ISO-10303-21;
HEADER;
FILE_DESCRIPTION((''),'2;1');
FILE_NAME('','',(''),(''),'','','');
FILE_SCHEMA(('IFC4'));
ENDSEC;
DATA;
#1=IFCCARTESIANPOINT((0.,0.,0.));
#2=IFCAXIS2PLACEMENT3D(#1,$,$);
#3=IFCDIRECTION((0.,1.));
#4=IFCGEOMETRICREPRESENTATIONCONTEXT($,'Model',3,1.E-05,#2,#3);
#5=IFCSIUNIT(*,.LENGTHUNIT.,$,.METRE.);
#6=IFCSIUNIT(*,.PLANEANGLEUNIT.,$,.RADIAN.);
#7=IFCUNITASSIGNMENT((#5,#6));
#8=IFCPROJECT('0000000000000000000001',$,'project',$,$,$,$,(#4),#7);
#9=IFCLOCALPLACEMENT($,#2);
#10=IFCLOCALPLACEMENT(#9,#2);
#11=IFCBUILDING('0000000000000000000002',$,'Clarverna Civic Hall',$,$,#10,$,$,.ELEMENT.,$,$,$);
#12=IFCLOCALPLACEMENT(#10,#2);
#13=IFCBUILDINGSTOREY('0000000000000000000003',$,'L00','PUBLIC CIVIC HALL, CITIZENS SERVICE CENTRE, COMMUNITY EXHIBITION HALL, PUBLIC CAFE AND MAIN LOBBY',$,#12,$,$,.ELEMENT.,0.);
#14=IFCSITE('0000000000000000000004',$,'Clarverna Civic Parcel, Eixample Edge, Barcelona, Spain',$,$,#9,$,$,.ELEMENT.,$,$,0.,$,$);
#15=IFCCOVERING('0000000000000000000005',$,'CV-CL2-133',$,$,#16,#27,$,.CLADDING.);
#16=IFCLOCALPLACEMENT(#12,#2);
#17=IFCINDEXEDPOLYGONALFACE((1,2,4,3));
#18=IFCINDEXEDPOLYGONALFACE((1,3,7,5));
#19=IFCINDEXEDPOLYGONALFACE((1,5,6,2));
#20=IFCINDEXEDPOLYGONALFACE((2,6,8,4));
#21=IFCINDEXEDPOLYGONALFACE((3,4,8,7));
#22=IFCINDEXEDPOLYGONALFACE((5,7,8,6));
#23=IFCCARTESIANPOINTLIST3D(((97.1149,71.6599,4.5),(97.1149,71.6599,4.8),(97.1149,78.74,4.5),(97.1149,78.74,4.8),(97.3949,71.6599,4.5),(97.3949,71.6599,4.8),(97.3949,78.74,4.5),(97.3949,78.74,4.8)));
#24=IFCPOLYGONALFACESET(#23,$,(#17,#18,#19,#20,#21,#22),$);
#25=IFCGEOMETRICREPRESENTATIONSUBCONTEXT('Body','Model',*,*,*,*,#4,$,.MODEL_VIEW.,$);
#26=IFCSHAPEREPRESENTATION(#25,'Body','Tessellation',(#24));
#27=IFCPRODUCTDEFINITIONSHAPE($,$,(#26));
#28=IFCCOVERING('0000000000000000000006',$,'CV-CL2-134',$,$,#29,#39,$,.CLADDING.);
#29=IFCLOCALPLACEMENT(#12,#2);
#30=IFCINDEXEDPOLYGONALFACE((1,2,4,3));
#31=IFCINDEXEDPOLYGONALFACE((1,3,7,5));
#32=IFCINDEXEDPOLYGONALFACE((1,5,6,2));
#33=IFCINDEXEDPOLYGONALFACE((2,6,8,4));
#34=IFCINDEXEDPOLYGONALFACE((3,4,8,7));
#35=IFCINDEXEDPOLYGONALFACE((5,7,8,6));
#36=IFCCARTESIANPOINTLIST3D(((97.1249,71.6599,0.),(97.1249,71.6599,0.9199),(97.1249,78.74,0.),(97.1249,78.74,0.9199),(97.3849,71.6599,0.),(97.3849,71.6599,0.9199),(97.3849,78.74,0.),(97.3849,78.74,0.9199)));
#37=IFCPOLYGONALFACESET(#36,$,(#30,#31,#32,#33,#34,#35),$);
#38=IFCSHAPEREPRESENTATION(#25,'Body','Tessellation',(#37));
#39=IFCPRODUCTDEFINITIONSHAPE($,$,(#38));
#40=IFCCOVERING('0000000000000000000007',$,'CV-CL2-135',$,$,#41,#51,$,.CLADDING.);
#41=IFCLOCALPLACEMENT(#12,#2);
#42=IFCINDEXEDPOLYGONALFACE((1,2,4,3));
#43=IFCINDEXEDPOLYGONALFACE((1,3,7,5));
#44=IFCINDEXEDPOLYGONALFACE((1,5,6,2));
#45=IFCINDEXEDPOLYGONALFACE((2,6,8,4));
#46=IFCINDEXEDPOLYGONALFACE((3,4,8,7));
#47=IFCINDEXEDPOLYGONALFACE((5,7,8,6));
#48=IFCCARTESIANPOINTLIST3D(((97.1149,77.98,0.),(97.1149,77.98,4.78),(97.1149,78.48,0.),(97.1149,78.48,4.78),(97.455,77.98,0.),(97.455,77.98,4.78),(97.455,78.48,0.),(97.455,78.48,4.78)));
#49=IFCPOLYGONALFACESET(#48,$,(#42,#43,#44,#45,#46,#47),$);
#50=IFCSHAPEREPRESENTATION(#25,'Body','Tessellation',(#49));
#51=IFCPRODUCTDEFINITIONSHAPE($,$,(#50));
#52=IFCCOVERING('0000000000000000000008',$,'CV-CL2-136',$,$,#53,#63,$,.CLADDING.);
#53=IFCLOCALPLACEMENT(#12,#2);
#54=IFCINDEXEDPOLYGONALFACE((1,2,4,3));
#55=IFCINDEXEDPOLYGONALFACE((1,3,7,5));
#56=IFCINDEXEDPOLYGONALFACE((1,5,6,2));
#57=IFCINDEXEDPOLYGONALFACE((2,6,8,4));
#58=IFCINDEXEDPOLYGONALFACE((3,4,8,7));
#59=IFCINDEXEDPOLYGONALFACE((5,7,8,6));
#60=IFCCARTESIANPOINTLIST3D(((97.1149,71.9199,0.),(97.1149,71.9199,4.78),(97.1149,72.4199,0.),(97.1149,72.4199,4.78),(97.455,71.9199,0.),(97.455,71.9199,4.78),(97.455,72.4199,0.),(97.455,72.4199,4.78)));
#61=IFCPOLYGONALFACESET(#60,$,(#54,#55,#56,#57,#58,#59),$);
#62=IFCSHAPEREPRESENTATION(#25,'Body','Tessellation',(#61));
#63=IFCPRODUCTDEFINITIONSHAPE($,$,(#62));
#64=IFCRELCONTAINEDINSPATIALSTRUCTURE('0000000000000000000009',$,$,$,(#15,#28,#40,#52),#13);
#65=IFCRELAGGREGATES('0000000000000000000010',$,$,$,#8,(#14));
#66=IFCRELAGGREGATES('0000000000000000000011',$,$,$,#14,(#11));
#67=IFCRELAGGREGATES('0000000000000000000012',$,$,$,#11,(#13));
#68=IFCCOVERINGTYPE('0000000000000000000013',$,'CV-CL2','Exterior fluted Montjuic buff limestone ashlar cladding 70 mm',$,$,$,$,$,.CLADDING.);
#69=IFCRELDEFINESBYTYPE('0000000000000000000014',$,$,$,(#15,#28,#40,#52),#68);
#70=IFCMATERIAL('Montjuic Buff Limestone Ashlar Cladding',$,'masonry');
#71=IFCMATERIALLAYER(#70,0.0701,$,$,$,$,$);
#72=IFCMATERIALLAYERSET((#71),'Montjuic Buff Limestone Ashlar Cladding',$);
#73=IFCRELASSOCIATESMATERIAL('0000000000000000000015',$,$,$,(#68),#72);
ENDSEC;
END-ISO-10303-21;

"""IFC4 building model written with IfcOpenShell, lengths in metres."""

from ifc_helpers import new_model, si_unit, direction, frame, frame_2d, origin, place, context, subcontext, project, spatial, rectangle, extrude, material, layer, layer_set, type_object, element, save


model = new_model("IFC4")

# Units and contexts
model_context = context("Model", 3, precision=1e-05, world=origin(), true_north=direction((0.0, 1.0)))
body_context = subcontext(model_context, "Body", "Model", "MODEL_VIEW")
ifc_project = project(units=[si_unit("LENGTHUNIT", "METRE"), si_unit("PLANEANGLEUNIT", "RADIAN")], contexts=[model_context])

# Site, building, storey
site_placement = place(None, origin())
site = spatial("IfcSite", under=ifc_project, at=site_placement, Name="Clarverna Civic Parcel, Eixample Edge, Barcelona, Spain", CompositionType="ELEMENT", RefElevation=0.0)
building_placement = place(site_placement, origin())
building = spatial("IfcBuilding", under=site, at=building_placement, Name="Clarverna Civic Hall", CompositionType="ELEMENT")
storey_placement = place(building_placement, origin())
storey = spatial("IfcBuildingStorey", under=building, at=storey_placement, Name="L00", Description="PUBLIC CIVIC HALL, CITIZENS SERVICE CENTRE, COMMUNITY EXHIBITION HALL, PUBLIC CAFE AND MAIN LOBBY", CompositionType="ELEMENT", Elevation=0.0)

# Coverings
ifc_material_1 = material(Name="Montjuic Buff Limestone Ashlar Cladding", Category="masonry")
ifc_layer_1 = layer(ifc_material_1, 0.0701)
ifc_layer_set_1 = layer_set([ifc_layer_1], Name="Montjuic Buff Limestone Ashlar Cladding")
covering_type = type_object("IfcCoveringType", Name="CV-CL2", Description="Exterior fluted Montjuic buff limestone ashlar cladding 70 mm", PredefinedType="CLADDING", material=ifc_layer_set_1)
covering_1_placement = place(storey_placement, frame((97.2549, 78.74, 4.5), z_axis=(0.0, 0.0, 1.0), x_axis=(0.0, -1.0, 0.0)))
element("IfcCovering", 1, at=covering_1_placement, inside=storey, type_object=covering_type, Name="CV-CL2-133", PredefinedType="CLADDING", context=body_context, shape_type="SweptSolid", body=[
    extrude(rectangle(XDim=7.0801, YDim=0.28, at=frame_2d((3.54, 0.0))), origin(), (0.0, 0.0, 1.0), 0.3),
])
covering_2_placement = place(storey_placement, frame((97.2549, 78.74, 0.0), z_axis=(0.0, 0.0, 1.0), x_axis=(0.0, -1.0, 0.0)))
element("IfcCovering", 2, at=covering_2_placement, inside=storey, type_object=covering_type, Name="CV-CL2-134", PredefinedType="CLADDING", context=body_context, shape_type="SweptSolid", body=[
    extrude(rectangle(XDim=7.0801, YDim=0.26, at=frame_2d((3.54, 0.0))), origin(), (0.0, 0.0, 1.0), 0.9199),
])
for number, where, z_axis, x_axis, name in (
    (3, (97.2849, 78.48, 0.0), (0.0, 0.0, 1.0), (0.0, -1.0, 0.0), "CV-CL2-135"),
    (4, (97.2849, 72.4199, 0.0), (0.0, 0.0, 1.0), (0.0, -1.0, 0.0), "CV-CL2-136"),
):
    element("IfcCovering", number, at=place(storey_placement, frame(where, z_axis=z_axis, x_axis=x_axis)), inside=storey, type_object=covering_type, Name=name, PredefinedType="CLADDING", context=body_context, shape_type="SweptSolid", body=[
        extrude(rectangle(XDim=0.5, YDim=0.3401, at=frame_2d((0.25, 0.0))), origin(), (0.0, 0.0, 1.0), 4.78),
    ])

save(model, "model.ifc")
